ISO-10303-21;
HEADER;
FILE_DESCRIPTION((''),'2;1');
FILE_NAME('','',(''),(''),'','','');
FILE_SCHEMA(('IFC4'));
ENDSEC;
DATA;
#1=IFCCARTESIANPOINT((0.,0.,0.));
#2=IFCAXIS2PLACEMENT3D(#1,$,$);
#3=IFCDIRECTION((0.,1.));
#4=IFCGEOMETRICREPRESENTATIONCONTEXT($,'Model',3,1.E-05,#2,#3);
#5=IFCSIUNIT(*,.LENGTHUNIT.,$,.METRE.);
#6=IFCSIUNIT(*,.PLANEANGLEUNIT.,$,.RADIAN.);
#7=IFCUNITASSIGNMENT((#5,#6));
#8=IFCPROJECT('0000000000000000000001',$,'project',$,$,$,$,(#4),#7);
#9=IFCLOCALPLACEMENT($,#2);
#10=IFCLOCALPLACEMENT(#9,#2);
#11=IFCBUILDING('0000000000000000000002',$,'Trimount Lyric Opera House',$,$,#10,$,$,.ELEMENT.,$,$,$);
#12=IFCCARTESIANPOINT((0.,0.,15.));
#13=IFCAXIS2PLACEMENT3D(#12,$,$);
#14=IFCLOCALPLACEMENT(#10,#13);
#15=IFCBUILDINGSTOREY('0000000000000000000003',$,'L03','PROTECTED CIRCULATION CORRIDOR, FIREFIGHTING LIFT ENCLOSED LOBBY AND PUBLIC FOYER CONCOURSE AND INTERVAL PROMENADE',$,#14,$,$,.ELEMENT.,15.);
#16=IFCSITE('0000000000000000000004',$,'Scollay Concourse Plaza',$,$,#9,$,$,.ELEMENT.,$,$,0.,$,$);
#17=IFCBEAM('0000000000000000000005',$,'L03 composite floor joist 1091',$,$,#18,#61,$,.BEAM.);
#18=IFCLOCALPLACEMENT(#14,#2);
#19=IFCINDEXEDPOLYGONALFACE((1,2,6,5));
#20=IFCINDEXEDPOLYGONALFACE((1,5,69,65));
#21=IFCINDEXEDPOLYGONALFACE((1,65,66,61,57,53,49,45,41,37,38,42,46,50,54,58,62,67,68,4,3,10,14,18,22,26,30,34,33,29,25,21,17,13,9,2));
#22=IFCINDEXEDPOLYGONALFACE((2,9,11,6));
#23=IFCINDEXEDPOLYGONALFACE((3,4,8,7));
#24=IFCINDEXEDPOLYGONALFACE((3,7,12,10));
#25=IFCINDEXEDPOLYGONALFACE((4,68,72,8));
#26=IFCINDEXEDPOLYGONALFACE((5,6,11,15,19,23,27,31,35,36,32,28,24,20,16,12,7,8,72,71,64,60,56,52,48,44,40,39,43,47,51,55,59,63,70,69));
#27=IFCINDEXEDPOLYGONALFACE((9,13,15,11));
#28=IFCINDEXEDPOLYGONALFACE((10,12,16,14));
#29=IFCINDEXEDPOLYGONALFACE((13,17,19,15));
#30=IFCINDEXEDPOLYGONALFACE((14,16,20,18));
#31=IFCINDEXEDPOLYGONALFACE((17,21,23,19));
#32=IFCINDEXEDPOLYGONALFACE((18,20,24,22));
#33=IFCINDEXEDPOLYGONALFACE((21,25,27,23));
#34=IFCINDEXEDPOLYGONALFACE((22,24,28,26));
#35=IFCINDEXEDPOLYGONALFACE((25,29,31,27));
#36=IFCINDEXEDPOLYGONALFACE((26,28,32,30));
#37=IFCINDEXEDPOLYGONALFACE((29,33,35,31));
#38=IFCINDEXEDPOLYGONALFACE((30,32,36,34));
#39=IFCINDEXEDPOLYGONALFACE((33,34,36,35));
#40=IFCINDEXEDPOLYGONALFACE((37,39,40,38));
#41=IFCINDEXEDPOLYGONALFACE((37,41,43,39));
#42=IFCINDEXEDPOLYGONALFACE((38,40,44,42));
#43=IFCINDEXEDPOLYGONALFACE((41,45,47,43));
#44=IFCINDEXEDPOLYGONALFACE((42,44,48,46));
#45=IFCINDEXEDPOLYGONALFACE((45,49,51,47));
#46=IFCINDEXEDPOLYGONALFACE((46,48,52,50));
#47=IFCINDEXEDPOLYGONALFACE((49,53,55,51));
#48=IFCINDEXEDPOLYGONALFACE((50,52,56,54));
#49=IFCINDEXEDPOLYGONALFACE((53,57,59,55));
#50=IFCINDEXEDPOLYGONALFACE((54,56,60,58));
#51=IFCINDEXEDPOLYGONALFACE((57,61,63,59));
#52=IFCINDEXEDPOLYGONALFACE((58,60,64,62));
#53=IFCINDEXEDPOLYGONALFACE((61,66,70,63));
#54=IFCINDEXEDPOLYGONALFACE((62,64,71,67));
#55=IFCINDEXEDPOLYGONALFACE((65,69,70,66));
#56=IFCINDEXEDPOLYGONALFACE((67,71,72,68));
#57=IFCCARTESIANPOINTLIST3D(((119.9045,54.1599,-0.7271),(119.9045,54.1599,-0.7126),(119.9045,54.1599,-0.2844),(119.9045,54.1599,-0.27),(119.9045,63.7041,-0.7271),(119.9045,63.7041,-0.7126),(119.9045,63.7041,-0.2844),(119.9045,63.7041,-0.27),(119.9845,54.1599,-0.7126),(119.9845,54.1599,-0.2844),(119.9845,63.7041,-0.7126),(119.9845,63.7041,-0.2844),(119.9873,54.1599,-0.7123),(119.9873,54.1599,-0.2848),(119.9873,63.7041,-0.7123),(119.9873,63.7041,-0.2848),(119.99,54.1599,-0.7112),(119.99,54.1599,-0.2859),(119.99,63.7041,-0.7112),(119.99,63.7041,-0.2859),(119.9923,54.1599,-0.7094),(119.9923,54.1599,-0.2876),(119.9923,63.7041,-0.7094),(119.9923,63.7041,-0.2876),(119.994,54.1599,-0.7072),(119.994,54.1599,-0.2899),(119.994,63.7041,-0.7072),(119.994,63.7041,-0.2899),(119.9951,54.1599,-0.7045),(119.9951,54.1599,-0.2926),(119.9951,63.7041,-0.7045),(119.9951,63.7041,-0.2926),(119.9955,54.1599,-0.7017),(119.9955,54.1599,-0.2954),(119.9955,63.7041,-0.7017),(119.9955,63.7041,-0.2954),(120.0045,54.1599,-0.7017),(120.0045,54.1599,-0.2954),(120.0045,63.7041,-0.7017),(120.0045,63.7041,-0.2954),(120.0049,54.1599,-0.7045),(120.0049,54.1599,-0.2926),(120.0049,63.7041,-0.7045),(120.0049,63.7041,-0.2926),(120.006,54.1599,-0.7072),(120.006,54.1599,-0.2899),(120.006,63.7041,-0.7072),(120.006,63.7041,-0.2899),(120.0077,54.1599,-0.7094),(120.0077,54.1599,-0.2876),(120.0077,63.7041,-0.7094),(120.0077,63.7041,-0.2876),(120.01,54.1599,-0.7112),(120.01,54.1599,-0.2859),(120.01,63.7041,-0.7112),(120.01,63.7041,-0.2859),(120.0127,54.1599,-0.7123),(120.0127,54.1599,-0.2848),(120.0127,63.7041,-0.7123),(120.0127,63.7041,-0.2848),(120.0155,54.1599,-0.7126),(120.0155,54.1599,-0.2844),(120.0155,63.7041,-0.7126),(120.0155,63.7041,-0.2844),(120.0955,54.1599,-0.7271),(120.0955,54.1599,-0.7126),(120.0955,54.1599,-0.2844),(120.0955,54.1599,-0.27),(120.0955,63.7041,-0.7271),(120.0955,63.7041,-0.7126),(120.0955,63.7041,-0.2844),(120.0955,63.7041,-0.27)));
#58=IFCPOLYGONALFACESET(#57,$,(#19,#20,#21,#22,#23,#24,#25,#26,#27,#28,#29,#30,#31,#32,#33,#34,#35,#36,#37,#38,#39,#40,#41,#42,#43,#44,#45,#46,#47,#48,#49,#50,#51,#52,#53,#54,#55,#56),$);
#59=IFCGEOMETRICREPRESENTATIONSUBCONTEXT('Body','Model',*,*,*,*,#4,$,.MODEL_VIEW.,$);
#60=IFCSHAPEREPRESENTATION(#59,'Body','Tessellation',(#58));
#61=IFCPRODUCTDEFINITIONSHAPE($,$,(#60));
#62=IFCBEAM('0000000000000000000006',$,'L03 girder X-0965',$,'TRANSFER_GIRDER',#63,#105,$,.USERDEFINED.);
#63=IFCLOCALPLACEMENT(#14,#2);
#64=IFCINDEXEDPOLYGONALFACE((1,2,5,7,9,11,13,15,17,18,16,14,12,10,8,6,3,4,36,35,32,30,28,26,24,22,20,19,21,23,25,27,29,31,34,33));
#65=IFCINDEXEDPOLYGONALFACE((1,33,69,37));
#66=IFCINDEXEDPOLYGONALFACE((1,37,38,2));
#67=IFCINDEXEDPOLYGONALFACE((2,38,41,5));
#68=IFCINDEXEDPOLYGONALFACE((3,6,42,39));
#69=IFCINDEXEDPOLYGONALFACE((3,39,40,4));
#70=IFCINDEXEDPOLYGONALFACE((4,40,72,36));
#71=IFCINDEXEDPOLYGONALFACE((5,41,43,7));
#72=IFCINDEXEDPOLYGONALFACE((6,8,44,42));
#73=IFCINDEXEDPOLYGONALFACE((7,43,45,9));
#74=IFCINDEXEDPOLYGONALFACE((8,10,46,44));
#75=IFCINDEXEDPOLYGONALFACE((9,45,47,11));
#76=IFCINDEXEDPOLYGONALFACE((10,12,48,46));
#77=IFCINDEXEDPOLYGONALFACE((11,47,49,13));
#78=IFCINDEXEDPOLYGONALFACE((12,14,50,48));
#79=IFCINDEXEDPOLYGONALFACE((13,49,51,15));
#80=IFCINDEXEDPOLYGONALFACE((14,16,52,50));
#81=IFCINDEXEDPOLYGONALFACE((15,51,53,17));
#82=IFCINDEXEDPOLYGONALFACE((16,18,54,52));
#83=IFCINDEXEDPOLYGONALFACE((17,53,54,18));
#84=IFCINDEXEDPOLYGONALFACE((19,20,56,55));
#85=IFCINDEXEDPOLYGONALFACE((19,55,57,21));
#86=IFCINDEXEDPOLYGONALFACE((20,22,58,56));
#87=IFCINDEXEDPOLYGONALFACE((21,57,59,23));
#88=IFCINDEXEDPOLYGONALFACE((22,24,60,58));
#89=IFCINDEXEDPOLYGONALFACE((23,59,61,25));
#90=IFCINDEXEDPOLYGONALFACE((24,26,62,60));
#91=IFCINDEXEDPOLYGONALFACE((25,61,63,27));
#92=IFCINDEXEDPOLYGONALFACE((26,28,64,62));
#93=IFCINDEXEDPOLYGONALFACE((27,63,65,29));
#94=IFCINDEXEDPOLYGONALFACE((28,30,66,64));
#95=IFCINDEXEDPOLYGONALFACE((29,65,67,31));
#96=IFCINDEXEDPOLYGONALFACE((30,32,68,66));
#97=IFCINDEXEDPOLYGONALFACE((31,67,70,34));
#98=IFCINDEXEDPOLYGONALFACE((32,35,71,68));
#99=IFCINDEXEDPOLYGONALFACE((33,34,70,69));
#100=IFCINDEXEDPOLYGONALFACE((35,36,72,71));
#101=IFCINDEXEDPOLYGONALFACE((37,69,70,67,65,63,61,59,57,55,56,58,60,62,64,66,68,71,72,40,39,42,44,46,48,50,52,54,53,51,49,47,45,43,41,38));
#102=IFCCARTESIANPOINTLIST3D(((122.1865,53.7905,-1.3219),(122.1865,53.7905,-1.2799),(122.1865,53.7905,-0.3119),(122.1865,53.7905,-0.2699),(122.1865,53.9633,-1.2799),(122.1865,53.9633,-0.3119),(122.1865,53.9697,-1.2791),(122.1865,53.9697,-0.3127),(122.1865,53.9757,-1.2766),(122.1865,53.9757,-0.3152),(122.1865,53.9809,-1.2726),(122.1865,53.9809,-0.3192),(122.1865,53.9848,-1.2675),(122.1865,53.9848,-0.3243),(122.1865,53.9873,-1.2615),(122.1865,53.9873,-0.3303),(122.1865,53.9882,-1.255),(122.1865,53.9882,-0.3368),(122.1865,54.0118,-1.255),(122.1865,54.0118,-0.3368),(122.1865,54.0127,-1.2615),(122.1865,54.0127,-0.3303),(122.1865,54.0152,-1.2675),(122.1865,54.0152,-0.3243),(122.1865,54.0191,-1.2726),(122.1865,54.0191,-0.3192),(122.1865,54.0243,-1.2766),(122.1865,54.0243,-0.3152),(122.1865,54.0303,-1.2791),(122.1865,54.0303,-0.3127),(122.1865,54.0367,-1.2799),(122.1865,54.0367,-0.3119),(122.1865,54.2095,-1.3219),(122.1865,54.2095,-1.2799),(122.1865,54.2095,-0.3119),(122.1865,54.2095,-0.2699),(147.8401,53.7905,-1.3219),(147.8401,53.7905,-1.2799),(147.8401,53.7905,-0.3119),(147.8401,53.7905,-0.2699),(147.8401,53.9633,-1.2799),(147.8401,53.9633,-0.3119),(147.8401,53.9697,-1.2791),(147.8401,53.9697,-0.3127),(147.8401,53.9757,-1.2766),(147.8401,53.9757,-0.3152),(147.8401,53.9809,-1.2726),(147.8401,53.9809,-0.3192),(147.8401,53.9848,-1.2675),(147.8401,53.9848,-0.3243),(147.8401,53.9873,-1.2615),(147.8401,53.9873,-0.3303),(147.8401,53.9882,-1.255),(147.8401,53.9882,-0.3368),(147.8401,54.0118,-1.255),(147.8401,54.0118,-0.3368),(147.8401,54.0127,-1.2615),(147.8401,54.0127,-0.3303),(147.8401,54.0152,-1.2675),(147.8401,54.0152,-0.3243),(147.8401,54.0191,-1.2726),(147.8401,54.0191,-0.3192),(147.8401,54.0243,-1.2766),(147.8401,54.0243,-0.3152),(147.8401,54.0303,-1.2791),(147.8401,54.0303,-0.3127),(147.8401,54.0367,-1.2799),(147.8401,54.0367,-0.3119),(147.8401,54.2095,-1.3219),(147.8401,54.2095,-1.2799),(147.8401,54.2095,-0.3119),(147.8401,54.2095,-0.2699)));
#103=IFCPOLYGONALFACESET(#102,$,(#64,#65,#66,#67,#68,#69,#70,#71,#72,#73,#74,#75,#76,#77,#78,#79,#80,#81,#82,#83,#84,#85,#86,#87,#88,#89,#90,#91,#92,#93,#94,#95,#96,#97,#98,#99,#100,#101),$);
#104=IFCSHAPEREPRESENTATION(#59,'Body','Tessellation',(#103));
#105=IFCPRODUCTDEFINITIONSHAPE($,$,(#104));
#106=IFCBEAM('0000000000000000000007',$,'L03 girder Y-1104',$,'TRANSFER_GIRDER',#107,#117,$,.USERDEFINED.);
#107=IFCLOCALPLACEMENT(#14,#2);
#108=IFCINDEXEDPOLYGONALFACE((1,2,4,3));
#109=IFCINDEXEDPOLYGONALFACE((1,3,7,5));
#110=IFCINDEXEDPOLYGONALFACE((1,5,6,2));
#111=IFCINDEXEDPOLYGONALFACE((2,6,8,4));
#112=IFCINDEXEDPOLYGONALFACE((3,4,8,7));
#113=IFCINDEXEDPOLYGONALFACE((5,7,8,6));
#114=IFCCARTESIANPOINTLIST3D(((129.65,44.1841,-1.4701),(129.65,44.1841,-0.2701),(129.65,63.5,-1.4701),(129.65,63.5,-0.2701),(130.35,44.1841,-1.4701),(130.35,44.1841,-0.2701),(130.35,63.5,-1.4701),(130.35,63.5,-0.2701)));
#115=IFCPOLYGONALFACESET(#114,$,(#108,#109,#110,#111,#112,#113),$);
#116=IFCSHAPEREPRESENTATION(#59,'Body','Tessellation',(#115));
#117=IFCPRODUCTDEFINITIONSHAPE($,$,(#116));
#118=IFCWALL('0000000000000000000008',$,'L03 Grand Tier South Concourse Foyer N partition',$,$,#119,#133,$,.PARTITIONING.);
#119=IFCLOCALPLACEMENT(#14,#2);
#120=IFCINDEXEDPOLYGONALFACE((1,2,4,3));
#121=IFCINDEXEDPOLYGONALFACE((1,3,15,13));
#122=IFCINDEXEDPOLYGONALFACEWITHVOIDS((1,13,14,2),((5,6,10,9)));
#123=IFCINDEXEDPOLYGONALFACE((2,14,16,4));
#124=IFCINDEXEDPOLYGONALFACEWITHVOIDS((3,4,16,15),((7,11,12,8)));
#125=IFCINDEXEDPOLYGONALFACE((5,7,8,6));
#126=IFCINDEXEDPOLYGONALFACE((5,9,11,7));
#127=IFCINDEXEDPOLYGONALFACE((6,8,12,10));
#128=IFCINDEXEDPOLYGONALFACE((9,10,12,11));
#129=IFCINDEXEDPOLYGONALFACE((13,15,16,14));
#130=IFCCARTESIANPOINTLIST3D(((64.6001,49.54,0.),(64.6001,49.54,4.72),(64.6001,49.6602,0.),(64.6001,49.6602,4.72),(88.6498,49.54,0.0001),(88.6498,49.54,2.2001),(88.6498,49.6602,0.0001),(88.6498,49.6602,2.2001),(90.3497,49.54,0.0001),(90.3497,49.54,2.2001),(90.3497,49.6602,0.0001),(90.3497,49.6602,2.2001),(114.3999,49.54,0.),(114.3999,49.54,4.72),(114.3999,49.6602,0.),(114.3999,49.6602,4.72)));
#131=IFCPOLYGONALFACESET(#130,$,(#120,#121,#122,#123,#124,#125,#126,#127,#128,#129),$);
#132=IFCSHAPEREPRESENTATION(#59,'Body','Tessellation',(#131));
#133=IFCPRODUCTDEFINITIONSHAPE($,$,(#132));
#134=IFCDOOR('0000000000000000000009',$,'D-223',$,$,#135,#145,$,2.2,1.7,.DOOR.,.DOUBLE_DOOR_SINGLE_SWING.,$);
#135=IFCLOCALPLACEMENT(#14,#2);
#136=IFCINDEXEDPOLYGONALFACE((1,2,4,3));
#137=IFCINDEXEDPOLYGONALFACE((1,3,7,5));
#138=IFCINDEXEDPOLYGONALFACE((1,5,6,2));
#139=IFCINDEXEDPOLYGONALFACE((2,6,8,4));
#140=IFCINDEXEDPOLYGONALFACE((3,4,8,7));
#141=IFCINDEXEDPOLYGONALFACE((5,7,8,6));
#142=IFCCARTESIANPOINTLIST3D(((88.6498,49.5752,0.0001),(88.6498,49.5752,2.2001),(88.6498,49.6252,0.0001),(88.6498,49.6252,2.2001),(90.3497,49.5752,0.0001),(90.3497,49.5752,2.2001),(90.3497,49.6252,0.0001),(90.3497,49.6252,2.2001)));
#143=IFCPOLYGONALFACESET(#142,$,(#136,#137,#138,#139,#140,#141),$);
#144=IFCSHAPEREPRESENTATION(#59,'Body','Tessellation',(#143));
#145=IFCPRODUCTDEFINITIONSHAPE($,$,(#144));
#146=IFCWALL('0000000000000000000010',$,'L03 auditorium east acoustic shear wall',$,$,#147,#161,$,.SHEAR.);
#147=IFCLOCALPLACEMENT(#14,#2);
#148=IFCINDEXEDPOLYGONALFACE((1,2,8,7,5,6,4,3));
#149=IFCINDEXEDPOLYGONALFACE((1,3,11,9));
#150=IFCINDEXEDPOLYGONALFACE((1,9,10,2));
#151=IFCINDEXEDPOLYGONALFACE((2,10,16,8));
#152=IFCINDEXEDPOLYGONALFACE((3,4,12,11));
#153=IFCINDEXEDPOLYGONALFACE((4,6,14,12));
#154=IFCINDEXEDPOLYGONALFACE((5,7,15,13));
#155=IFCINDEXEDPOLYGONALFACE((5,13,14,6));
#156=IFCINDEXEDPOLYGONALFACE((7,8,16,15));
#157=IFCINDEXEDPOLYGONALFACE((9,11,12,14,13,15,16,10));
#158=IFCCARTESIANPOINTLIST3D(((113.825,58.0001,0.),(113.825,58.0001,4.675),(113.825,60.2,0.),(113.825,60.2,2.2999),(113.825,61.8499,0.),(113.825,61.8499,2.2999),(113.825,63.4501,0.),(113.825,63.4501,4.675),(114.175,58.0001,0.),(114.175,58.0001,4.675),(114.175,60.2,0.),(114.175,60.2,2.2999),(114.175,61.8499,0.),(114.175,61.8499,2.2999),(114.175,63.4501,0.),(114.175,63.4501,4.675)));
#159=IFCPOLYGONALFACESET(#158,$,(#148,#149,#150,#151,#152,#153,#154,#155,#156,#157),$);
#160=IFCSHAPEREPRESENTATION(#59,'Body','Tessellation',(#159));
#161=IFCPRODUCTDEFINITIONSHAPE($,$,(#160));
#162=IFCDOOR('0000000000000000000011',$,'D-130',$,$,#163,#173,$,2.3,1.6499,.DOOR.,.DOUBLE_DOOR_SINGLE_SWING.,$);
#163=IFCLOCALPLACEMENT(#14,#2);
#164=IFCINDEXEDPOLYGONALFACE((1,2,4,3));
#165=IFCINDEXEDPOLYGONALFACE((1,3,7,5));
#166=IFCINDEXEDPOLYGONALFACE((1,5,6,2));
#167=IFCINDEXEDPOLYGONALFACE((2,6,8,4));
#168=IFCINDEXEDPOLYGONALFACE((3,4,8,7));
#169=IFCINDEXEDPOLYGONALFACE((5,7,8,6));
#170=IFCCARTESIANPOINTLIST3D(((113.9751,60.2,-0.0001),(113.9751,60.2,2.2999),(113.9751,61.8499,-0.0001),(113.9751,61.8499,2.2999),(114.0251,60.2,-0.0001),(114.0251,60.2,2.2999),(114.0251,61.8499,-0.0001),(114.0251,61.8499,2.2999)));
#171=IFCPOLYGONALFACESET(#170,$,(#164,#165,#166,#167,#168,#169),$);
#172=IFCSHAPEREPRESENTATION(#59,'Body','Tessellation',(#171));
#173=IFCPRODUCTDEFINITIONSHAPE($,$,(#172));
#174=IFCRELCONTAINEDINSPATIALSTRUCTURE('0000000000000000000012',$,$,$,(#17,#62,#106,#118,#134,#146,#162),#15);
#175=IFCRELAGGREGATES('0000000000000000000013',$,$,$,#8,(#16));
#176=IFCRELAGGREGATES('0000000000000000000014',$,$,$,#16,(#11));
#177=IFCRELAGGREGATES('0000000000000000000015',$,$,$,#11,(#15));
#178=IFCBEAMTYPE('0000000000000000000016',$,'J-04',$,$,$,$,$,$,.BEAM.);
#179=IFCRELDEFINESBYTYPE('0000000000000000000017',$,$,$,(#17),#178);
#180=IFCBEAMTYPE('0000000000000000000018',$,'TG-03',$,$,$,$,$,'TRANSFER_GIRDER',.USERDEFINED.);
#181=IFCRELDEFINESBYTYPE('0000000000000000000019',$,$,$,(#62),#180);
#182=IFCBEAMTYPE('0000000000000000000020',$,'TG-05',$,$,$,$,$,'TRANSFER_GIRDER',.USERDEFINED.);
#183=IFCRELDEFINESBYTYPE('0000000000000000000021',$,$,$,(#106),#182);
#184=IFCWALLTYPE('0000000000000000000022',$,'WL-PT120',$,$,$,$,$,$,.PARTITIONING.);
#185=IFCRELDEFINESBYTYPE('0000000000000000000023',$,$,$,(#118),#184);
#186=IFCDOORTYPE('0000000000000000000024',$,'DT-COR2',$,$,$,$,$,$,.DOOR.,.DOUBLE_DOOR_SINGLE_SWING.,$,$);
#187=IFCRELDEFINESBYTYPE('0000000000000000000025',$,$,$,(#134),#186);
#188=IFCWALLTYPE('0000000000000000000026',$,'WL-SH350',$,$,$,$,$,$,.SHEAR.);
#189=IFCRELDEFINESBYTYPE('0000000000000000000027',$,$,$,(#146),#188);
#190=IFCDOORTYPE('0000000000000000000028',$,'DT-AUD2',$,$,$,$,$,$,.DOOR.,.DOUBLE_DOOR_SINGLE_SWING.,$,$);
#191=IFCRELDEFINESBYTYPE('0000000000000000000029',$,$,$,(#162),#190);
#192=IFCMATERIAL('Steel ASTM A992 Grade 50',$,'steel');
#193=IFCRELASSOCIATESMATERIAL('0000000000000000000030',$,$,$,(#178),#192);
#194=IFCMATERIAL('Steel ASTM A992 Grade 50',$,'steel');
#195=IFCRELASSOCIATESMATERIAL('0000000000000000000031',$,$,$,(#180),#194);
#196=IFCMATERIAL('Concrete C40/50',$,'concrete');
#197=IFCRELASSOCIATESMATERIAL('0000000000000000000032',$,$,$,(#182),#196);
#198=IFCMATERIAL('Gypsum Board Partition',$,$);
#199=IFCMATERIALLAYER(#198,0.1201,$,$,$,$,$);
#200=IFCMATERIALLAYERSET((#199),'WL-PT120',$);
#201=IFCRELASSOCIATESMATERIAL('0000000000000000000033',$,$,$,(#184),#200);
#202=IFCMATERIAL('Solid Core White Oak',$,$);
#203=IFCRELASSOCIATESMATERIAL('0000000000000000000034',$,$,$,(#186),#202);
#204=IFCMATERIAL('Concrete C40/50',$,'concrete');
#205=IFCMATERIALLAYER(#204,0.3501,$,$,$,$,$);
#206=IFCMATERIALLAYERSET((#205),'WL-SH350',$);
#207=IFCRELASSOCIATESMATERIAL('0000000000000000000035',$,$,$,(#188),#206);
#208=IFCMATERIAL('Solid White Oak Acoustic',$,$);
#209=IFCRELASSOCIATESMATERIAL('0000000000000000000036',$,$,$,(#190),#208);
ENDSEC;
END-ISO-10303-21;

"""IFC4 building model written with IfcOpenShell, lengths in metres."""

from ifc_helpers import new_model, si_unit, direction, frame, frame_2d, origin, origin_2d, place, context, subcontext, project, spatial, rectangle, i_section, extrude, material, layer, layer_set, material_profile, profile_set, type_object, element, fill, save


model = new_model("IFC4")

# Units and contexts
model_context = context("Model", 3, precision=1e-05, world=origin(), true_north=direction((0.0, 1.0)))
body_context = subcontext(model_context, "Body", "Model", "MODEL_VIEW")
ifc_project = project(units=[si_unit("LENGTHUNIT", "METRE"), si_unit("PLANEANGLEUNIT", "RADIAN")], contexts=[model_context])

# Site, building, storey
site_placement = place(None, origin())
site = spatial("IfcSite", under=ifc_project, at=site_placement, Name="Scollay Concourse Plaza", CompositionType="ELEMENT", RefElevation=0.0)
building_placement = place(site_placement, origin())
building = spatial("IfcBuilding", under=site, at=building_placement, Name="Trimount Lyric Opera House", CompositionType="ELEMENT")
storey_placement = place(building_placement, frame((0.0, 0.0, 15.0)))
storey = spatial("IfcBuildingStorey", under=building, at=storey_placement, Name="L03", Description="PROTECTED CIRCULATION CORRIDOR, FIREFIGHTING LIFT ENCLOSED LOBBY AND PUBLIC FOYER CONCOURSE AND INTERVAL PROMENADE", CompositionType="ELEMENT", Elevation=15.0)

# Beams
ifc_material_1 = material(Name="Steel ASTM A992 Grade 50", Category="steel")
ifc_material_profile_1 = material_profile(ifc_material_1, i_section(OverallWidth=0.1909, OverallDepth=0.457, WebThickness=0.009, FlangeThickness=0.0144, FilletRadius=0.011, at=origin_2d()), Name="W18X50")
ifc_profile_set_1 = profile_set([ifc_material_profile_1], Name="Steel ASTM A992 Grade 50")
beam_type_1 = type_object("IfcBeamType", Name="J-04", PredefinedType="BEAM", material=ifc_profile_set_1)
beam_1_placement = place(storey_placement, frame((120.0, 54.1599, -0.4985), z_axis=(0.0, 1.0, 0.0), x_axis=(-1.0, 0.0, 0.0)))
element("IfcBeam", 1, at=beam_1_placement, inside=storey, type_object=beam_type_1, Name="L03 composite floor joist 1091", PredefinedType="BEAM", context=body_context, shape_type="SweptSolid", body=[
    extrude(i_section(OverallWidth=0.1909, OverallDepth=0.457, WebThickness=0.009, FlangeThickness=0.0144, FilletRadius=0.011, at=origin_2d()), origin(), (0.0, 0.0, 1.0), 9.5442),
])
ifc_material_2 = material(Name="Steel ASTM A992 Grade 50", Category="steel")
ifc_material_profile_2 = material_profile(ifc_material_2, i_section(OverallWidth=0.4189, OverallDepth=1.052, WebThickness=0.0237, FlangeThickness=0.042, FilletRadius=0.0249, at=origin_2d()), Name="W40X297")
ifc_profile_set_2 = profile_set([ifc_material_profile_2], Name="Steel ASTM A992 Grade 50")
beam_type_2 = type_object("IfcBeamType", Name="TG-03", ElementType="TRANSFER_GIRDER", PredefinedType="USERDEFINED", material=ifc_profile_set_2)
beam_2_placement = place(storey_placement, frame((122.1865, 54.0, -0.7959), z_axis=(1.0, 0.0, 0.0), x_axis=(0.0, 1.0, 0.0)))
element("IfcBeam", 2, at=beam_2_placement, inside=storey, type_object=beam_type_2, Name="L03 girder X-0965", ObjectType="TRANSFER_GIRDER", PredefinedType="USERDEFINED", context=body_context, shape_type="SweptSolid", body=[
    extrude(i_section(OverallWidth=0.4189, OverallDepth=1.052, WebThickness=0.0237, FlangeThickness=0.042, FilletRadius=0.0249, at=origin_2d()), origin(), (0.0, 0.0, 1.0), 25.6536),
])
ifc_material_3 = material(Name="Concrete C40/50", Category="concrete")
ifc_material_profile_3 = material_profile(ifc_material_3, rectangle(XDim=0.7, YDim=1.2, at=origin_2d()), Name="RC700X1200")
ifc_profile_set_3 = profile_set([ifc_material_profile_3], Name="Concrete C40/50")
beam_type_3 = type_object("IfcBeamType", Name="TG-05", ElementType="TRANSFER_GIRDER", PredefinedType="USERDEFINED", material=ifc_profile_set_3)
beam_3_placement = place(storey_placement, frame((130.0, 44.1841, -0.8701), z_axis=(0.0, 1.0, 0.0), x_axis=(-1.0, 0.0, 0.0)))
element("IfcBeam", 3, at=beam_3_placement, inside=storey, type_object=beam_type_3, Name="L03 girder Y-1104", ObjectType="TRANSFER_GIRDER", PredefinedType="USERDEFINED", context=body_context, shape_type="SweptSolid", body=[
    extrude(rectangle(XDim=0.7, YDim=1.2, at=origin_2d()), origin(), (0.0, 0.0, 1.0), 19.3159),
])

# Walls, openings, doors
ifc_material_4 = material(Name="Gypsum Board Partition")
ifc_layer_1 = layer(ifc_material_4, 0.1201)
ifc_layer_set_1 = layer_set([ifc_layer_1], Name="WL-PT120")
wall_type_1 = type_object("IfcWallType", Name="WL-PT120", PredefinedType="PARTITIONING", material=ifc_layer_set_1)
wall_1_placement = place(storey_placement, frame((114.3999, 49.6001, 0.0), z_axis=(0.0, 0.0, 1.0), x_axis=(-1.0, 0.0, 0.0)))
wall_1 = element("IfcWall", 4, at=wall_1_placement, inside=storey, type_object=wall_type_1, Name="L03 Grand Tier South Concourse Foyer N partition", PredefinedType="PARTITIONING", context=body_context, shape_type="SweptSolid", body=[
    extrude(rectangle(XDim=49.7998, YDim=0.1201, at=frame_2d((24.8999, 0.0))), origin(), (0.0, 0.0, 1.0), 4.72),
])
opening_1_placement = place(wall_1_placement, frame((24.05, 0.0, 0.0)))
opening_1 = element("IfcOpeningElement", 5, at=opening_1_placement, cuts=wall_1, PredefinedType="OPENING", context=body_context, shape_type="SweptSolid", body=[
    extrude(rectangle(XDim=1.7, YDim=2.2, at=frame_2d((0.8501, 1.1001))), frame((0.0, 0.0701, 0.0), z_axis=(0.0, -1.0, 0.0), x_axis=(1.0, 0.0, 0.0)), (0.0, 0.0, 1.0), 0.1401),
])
ifc_material_5 = material(Name="Solid Core White Oak")
door_type_1 = type_object("IfcDoorType", Name="DT-COR2", OperationType="DOUBLE_DOOR_SINGLE_SWING", PredefinedType="DOOR", material=ifc_material_5)
door_1_placement = place(opening_1_placement, origin())
door_1 = element("IfcDoor", 6, at=door_1_placement, inside=storey, type_object=door_type_1, Name="D-223", OperationType="DOUBLE_DOOR_SINGLE_SWING", OverallHeight=2.2, OverallWidth=1.7, PredefinedType="DOOR", context=body_context, shape_type="SweptSolid", body=[
    extrude(rectangle(XDim=1.7, YDim=2.2, at=frame_2d((0.8501, 1.1001))), frame((0.0, 0.0249, 0.0), z_axis=(0.0, -1.0, 0.0), x_axis=(1.0, 0.0, 0.0)), (0.0, 0.0, 1.0), 0.05),
])
fill(opening_1, door_1)
ifc_material_6 = material(Name="Concrete C40/50", Category="concrete")
ifc_layer_2 = layer(ifc_material_6, 0.3501)
ifc_layer_set_2 = layer_set([ifc_layer_2], Name="WL-SH350")
wall_type_2 = type_object("IfcWallType", Name="WL-SH350", PredefinedType="SHEAR", material=ifc_layer_set_2)
wall_2_placement = place(storey_placement, frame((114.0, 58.0, 0.0), z_axis=(0.0, 0.0, 1.0), x_axis=(0.0, 1.0, 0.0)))
wall_2 = element("IfcWall", 7, at=wall_2_placement, inside=storey, type_object=wall_type_2, Name="L03 auditorium east acoustic shear wall", PredefinedType="SHEAR", context=body_context, shape_type="SweptSolid", body=[
    extrude(rectangle(XDim=5.45, YDim=0.3501, at=frame_2d((2.7251, 0.0))), origin(), (0.0, 0.0, 1.0), 4.675),
])
opening_2_placement = place(wall_2_placement, frame((2.2, 0.0, 0.0)))
opening_2 = element("IfcOpeningElement", 8, at=opening_2_placement, cuts=wall_2, PredefinedType="OPENING", context=body_context, shape_type="SweptSolid", body=[
    extrude(rectangle(XDim=1.6499, YDim=2.3, at=frame_2d((0.825, 1.1499))), frame((0.0, 0.1851, 0.0), z_axis=(0.0, -1.0, 0.0), x_axis=(1.0, 0.0, 0.0)), (0.0, 0.0, 1.0), 0.3701),
])
ifc_material_7 = material(Name="Solid White Oak Acoustic")
door_type_2 = type_object("IfcDoorType", Name="DT-AUD2", OperationType="DOUBLE_DOOR_SINGLE_SWING", PredefinedType="DOOR", material=ifc_material_7)
door_2_placement = place(opening_2_placement, origin())
door_2 = element("IfcDoor", 9, at=door_2_placement, inside=storey, type_object=door_type_2, Name="D-130", OperationType="DOUBLE_DOOR_SINGLE_SWING", OverallHeight=2.3, OverallWidth=1.6499, PredefinedType="DOOR", context=body_context, shape_type="SweptSolid", body=[
    extrude(rectangle(XDim=1.6499, YDim=2.3, at=frame_2d((0.825, 1.1499))), frame((0.0, 0.0249, 0.0), z_axis=(0.0, -1.0, 0.0), x_axis=(1.0, 0.0, 0.0)), (0.0, 0.0, 1.0), 0.05),
])
fill(opening_2, door_2)

save(model, "model.ifc")
